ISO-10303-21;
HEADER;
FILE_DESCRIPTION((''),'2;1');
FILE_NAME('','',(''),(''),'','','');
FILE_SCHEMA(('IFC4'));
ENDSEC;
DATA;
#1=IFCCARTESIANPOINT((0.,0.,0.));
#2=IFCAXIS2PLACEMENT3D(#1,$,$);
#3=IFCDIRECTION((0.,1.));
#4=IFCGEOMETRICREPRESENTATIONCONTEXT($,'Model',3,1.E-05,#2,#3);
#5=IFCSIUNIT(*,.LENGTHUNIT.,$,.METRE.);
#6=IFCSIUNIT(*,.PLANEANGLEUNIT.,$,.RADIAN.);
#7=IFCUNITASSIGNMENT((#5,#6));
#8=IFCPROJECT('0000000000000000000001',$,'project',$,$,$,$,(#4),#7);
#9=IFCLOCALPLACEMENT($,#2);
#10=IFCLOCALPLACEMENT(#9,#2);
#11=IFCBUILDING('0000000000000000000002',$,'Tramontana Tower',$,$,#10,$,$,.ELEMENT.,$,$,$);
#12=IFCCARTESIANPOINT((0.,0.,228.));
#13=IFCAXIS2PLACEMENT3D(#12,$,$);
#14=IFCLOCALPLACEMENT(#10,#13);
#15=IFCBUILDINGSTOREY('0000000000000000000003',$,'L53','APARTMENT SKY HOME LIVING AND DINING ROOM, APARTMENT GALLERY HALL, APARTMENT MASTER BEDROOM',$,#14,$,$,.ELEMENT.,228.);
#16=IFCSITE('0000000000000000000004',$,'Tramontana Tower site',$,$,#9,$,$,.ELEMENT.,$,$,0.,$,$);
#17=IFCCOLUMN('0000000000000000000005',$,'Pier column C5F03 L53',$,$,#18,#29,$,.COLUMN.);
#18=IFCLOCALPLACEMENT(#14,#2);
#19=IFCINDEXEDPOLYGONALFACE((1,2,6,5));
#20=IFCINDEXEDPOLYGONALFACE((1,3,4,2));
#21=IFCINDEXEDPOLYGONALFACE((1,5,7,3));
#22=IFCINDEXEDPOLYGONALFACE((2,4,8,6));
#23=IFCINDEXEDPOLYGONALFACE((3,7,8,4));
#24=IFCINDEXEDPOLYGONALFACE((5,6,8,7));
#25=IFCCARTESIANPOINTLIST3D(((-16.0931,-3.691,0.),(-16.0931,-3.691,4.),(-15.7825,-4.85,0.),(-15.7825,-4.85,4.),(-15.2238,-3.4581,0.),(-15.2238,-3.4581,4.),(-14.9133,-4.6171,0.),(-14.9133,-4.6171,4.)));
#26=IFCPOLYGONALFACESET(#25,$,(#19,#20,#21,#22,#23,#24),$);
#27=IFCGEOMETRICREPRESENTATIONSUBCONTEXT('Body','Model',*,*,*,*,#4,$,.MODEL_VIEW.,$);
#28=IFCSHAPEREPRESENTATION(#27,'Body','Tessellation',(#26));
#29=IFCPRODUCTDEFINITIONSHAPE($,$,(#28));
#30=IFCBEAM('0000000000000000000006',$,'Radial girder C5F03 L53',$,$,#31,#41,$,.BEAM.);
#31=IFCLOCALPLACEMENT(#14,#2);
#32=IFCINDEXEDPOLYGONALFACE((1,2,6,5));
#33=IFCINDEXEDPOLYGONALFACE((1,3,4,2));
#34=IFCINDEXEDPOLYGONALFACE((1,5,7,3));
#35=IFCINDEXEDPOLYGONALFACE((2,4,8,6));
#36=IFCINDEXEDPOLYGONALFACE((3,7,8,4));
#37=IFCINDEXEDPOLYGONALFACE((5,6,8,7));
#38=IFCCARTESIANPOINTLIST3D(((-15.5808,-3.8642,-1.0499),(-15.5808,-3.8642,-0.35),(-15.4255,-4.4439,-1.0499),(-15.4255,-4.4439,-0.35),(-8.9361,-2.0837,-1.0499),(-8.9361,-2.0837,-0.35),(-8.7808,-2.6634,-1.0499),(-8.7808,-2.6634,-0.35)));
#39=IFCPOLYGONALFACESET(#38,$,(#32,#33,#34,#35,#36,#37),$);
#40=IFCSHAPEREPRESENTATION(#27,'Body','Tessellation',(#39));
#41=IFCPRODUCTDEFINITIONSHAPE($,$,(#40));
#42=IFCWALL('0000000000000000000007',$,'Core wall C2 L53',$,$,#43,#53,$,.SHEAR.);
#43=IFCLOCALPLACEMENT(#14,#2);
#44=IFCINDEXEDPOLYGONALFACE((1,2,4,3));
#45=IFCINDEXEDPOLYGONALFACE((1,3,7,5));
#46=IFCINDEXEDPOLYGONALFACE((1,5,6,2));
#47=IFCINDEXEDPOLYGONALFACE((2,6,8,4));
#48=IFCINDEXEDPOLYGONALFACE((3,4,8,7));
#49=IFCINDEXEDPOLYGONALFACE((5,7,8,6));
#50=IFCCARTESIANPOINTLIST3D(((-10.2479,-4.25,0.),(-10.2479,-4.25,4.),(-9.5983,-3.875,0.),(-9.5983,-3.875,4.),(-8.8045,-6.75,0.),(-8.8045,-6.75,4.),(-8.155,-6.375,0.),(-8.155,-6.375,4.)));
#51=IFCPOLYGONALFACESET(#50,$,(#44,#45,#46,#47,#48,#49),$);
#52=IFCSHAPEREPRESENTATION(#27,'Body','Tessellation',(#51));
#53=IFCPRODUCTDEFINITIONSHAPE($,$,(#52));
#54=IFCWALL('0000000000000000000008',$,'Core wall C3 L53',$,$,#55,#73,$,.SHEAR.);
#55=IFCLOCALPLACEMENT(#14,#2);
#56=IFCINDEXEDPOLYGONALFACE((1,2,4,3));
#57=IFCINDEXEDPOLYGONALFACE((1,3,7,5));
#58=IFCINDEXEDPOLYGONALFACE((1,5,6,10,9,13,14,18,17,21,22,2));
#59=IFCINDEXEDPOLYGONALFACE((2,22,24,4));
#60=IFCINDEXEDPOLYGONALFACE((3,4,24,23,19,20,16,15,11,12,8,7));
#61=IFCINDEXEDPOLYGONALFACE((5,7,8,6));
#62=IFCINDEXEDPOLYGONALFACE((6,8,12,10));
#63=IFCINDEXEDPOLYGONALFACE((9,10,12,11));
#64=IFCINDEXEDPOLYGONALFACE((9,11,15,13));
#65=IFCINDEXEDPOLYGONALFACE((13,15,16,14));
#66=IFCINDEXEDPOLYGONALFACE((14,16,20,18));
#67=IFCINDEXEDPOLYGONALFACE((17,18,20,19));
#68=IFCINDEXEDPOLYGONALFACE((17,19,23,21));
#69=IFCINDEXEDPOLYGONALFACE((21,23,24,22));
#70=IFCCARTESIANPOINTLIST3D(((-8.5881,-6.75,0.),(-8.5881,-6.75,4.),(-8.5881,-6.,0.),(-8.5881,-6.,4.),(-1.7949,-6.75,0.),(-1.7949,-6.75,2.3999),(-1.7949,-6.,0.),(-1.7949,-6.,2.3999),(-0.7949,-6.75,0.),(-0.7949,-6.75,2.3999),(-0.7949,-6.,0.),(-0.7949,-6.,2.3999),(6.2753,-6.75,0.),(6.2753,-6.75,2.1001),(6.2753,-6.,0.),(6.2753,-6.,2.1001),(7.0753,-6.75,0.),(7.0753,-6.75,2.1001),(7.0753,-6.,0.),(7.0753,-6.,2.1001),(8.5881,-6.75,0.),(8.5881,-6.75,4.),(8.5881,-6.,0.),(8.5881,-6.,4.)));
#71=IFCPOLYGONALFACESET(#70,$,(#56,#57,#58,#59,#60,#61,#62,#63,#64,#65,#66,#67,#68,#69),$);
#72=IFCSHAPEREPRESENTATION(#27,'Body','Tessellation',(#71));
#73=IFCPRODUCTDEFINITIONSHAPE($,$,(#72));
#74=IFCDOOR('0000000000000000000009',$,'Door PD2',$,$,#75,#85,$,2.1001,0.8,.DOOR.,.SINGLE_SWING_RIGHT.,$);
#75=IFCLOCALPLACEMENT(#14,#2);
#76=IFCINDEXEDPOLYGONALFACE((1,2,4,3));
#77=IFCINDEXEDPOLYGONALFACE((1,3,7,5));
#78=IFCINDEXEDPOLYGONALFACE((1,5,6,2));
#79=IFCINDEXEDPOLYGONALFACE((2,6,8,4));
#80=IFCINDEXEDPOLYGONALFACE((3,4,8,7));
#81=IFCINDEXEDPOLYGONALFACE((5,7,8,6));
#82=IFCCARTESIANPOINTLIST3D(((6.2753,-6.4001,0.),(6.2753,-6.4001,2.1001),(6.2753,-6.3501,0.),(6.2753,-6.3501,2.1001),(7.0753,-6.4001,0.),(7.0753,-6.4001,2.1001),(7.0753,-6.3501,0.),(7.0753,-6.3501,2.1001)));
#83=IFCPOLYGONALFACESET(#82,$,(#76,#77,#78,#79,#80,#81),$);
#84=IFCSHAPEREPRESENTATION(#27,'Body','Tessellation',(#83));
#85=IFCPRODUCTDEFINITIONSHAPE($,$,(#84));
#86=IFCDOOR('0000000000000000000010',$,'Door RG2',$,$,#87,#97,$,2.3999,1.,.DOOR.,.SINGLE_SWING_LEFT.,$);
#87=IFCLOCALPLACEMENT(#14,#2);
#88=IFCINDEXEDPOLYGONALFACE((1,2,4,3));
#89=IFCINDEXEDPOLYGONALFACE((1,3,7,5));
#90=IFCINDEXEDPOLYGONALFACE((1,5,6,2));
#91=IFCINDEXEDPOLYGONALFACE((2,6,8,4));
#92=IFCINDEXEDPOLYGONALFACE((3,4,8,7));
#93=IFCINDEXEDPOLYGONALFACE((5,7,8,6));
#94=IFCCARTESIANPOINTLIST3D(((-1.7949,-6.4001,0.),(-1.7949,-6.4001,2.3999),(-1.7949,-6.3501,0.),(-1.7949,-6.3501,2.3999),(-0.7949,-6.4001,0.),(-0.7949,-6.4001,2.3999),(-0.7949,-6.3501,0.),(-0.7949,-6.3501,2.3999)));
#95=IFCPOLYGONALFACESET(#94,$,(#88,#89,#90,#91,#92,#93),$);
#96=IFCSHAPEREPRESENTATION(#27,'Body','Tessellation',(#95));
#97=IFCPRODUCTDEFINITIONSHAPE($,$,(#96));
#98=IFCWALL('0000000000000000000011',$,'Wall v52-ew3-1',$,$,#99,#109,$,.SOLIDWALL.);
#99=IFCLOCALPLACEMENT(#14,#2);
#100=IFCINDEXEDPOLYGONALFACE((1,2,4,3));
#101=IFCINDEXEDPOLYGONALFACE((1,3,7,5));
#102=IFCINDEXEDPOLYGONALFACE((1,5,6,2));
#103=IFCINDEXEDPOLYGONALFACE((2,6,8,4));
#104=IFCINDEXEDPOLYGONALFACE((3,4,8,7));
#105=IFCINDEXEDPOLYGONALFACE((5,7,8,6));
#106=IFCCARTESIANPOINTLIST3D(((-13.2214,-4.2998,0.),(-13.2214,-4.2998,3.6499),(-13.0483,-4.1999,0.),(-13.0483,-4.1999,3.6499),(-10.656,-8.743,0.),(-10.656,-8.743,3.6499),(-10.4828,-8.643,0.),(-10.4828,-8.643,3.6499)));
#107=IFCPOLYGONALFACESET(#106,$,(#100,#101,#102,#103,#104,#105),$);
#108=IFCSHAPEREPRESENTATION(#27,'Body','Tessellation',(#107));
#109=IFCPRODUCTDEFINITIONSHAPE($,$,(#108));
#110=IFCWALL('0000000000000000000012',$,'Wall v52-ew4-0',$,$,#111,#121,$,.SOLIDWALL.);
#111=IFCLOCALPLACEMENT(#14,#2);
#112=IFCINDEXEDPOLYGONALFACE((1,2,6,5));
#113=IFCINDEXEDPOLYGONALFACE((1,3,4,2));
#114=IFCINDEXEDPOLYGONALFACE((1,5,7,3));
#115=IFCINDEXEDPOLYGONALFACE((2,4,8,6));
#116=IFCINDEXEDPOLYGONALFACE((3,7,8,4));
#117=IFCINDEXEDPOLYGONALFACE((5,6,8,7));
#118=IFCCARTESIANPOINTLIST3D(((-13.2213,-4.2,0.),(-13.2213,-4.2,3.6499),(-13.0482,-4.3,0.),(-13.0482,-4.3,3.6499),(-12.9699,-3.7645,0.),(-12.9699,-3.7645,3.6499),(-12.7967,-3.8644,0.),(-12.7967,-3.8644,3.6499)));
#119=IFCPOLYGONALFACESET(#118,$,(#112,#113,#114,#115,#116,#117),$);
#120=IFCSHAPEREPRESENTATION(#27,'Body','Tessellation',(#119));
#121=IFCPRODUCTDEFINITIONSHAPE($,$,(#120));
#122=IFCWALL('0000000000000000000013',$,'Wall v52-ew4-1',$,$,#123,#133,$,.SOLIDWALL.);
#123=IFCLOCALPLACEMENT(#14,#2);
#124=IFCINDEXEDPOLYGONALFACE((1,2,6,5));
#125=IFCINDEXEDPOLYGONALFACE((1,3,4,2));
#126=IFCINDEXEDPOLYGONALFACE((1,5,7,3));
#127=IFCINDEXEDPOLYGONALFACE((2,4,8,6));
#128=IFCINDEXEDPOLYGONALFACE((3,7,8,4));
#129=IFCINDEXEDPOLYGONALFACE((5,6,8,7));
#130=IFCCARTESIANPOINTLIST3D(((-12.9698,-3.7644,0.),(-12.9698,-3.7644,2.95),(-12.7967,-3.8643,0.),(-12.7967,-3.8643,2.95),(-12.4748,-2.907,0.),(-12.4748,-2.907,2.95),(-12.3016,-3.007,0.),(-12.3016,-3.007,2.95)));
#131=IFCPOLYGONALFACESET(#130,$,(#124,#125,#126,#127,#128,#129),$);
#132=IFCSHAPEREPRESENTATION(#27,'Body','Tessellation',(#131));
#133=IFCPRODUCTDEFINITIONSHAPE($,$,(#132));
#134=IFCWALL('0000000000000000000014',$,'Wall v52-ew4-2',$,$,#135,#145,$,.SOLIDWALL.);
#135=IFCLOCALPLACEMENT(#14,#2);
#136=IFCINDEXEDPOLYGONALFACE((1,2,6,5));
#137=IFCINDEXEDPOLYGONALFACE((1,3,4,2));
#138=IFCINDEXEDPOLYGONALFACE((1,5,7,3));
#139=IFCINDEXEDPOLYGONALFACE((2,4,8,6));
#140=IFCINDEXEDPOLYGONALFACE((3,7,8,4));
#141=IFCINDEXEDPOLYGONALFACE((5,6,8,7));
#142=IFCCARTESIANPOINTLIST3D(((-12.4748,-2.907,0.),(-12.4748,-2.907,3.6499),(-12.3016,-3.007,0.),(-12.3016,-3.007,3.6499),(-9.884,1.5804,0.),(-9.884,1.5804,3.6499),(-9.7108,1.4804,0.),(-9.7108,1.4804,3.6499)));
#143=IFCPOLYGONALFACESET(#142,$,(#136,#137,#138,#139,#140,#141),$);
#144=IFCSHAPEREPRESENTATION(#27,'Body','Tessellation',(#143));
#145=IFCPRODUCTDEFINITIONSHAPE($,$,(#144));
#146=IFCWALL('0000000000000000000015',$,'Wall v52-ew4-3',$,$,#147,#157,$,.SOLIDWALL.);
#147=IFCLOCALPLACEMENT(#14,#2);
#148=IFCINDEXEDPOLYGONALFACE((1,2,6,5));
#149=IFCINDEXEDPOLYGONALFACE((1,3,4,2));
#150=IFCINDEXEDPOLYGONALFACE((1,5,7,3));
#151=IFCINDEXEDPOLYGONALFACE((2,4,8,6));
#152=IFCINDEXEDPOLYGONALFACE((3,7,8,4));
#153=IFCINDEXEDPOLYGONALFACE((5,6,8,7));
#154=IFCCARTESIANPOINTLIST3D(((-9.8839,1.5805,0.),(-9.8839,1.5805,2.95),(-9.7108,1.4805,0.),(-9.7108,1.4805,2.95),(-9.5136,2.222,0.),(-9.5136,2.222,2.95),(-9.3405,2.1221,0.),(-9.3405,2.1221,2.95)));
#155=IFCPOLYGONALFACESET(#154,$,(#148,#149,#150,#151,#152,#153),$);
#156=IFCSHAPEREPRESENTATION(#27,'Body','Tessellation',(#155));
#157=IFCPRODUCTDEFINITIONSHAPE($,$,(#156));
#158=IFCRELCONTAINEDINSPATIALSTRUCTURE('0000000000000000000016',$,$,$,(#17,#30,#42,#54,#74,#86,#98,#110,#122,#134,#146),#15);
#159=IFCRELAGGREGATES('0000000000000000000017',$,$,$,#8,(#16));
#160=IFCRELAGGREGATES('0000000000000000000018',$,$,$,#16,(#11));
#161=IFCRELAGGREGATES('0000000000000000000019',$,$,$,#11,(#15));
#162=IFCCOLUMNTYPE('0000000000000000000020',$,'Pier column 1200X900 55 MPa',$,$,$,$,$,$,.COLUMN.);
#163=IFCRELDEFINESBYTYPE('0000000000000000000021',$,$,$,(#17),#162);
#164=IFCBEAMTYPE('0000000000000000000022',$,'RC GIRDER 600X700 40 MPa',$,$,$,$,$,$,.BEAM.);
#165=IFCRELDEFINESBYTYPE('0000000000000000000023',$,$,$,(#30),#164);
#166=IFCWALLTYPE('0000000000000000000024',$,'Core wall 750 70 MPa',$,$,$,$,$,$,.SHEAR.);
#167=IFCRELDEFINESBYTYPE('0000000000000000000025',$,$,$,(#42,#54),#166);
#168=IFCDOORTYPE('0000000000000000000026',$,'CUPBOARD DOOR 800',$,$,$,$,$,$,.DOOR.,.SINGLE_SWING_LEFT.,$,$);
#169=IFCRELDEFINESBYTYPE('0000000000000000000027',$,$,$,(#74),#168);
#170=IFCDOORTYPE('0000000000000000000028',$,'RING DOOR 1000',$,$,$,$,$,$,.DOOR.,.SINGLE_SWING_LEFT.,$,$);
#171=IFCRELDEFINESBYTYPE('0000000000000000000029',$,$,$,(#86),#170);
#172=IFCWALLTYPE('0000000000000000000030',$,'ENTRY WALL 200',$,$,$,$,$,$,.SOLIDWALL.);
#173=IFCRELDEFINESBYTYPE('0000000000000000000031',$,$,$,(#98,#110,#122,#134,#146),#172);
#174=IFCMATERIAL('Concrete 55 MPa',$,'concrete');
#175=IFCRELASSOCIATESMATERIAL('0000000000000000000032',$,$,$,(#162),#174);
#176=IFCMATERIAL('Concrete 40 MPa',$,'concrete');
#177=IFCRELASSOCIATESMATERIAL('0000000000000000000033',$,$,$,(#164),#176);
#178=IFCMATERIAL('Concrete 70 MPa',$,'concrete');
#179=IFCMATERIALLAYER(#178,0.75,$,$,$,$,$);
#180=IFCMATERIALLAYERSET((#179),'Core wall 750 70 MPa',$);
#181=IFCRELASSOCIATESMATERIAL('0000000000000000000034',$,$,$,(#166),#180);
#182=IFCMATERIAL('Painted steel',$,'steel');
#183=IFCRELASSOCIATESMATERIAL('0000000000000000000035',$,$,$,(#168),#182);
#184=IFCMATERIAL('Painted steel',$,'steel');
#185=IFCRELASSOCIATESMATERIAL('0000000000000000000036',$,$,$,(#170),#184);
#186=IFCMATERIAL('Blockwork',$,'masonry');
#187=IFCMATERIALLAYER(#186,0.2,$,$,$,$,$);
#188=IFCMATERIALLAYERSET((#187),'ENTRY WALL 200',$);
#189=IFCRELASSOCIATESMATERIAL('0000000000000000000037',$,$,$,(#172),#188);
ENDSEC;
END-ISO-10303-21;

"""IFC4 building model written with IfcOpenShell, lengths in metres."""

from ifc_helpers import new_model, si_unit, direction, frame, frame_2d, origin, origin_2d, place, context, subcontext, project, spatial, rectangle, extrude, material, layer, layer_set, material_profile, profile_set, type_object, element, fill, save


model = new_model("IFC4")

# Units and contexts
model_context = context("Model", 3, precision=1e-05, world=origin(), true_north=direction((0.0, 1.0)))
body_context = subcontext(model_context, "Body", "Model", "MODEL_VIEW")
ifc_project = project(units=[si_unit("LENGTHUNIT", "METRE"), si_unit("PLANEANGLEUNIT", "RADIAN")], contexts=[model_context])

# Site, building, storey
site_placement = place(None, origin())
site = spatial("IfcSite", under=ifc_project, at=site_placement, Name="Tramontana Tower site", CompositionType="ELEMENT", RefElevation=0.0)
building_placement = place(site_placement, origin())
building = spatial("IfcBuilding", under=site, at=building_placement, Name="Tramontana Tower", CompositionType="ELEMENT")
storey_placement = place(building_placement, frame((0.0, 0.0, 228.0)))
storey = spatial("IfcBuildingStorey", under=building, at=storey_placement, Name="L53", Description="APARTMENT SKY HOME LIVING AND DINING ROOM, APARTMENT GALLERY HALL, APARTMENT MASTER BEDROOM", CompositionType="ELEMENT", Elevation=228.0)

# Column
ifc_material_1 = material(Name="Concrete 55 MPa", Category="concrete")
ifc_material_profile_1 = material_profile(ifc_material_1, rectangle(XDim=1.2, YDim=0.8999, at=origin_2d()), Name="Pier column 1200X900 55 MPa")
ifc_profile_set_1 = profile_set([ifc_material_profile_1], Name="Concrete 55 MPa")
column_type = type_object("IfcColumnType", Name="Pier column 1200X900 55 MPa", PredefinedType="COLUMN", material=ifc_profile_set_1)
column_placement = place(storey_placement, frame((-15.5032, -4.1541, 0.0), z_axis=(0.0, 0.0, 1.0), x_axis=(0.258819, -0.965926, 0.0)))
element("IfcColumn", 1, at=column_placement, inside=storey, type_object=column_type, Name="Pier column C5F03 L53", PredefinedType="COLUMN", context=body_context, shape_type="SweptSolid", body=[
    extrude(rectangle(XDim=1.2, YDim=0.8999, at=origin_2d()), origin(), (0.0, 0.0, 1.0), 4.0),
])

# Beam
ifc_material_2 = material(Name="Concrete 40 MPa", Category="concrete")
ifc_material_profile_2 = material_profile(ifc_material_2, rectangle(XDim=0.6001, YDim=0.7, at=origin_2d()), Name="RC GIRDER 600X700 40 MPa")
ifc_profile_set_2 = profile_set([ifc_material_profile_2], Name="Concrete 40 MPa")
beam_type = type_object("IfcBeamType", Name="RC GIRDER 600X700 40 MPa", PredefinedType="BEAM", material=ifc_profile_set_2)
beam_placement = place(storey_placement, frame((-15.5032, -4.1541, -0.7), z_axis=(0.965924, 0.258827, 0.0), x_axis=(-0.258827, 0.965924, 0.0)))
element("IfcBeam", 2, at=beam_placement, inside=storey, type_object=beam_type, Name="Radial girder C5F03 L53", PredefinedType="BEAM", context=body_context, shape_type="SweptSolid", body=[
    extrude(rectangle(XDim=0.6001, YDim=0.7, at=origin_2d()), origin(), (0.0, 0.0, 1.0), 6.8792),
])

# Wall
ifc_material_3 = material(Name="Concrete 70 MPa", Category="concrete")
ifc_layer_1 = layer(ifc_material_3, 0.75)
ifc_layer_set_1 = layer_set([ifc_layer_1], Name="Core wall 750 70 MPa")
wall_type_1 = type_object("IfcWallType", Name="Core wall 750 70 MPa", PredefinedType="SHEAR", material=ifc_layer_set_1)
wall_1_placement = place(storey_placement, frame((-9.9231, -4.0625, 0.0), z_axis=(0.0, 0.0, 1.0), x_axis=(0.499996, -0.866028, 0.0)))
element("IfcWall", 3, at=wall_1_placement, inside=storey, type_object=wall_type_1, Name="Core wall C2 L53", PredefinedType="SHEAR", context=body_context, shape_type="SweptSolid", body=[
    extrude(rectangle(XDim=2.8867, YDim=0.75, at=frame_2d((1.4434, 0.0))), origin(), (0.0, 0.0, 1.0), 4.0),
])

# Wall, openings, doors
wall_2_placement = place(storey_placement, frame((-8.5881, -6.375, 0.0), z_axis=(0.0, 0.0, 1.0), x_axis=(1.0, 0.0, 0.0)))
wall_2 = element("IfcWall", 4, at=wall_2_placement, inside=storey, type_object=wall_type_1, Name="Core wall C3 L53", PredefinedType="SHEAR", context=body_context, shape_type="SweptSolid", body=[
    extrude(rectangle(XDim=17.1763, YDim=0.75, at=frame_2d((8.5881, 0.0))), origin(), (0.0, 0.0, 1.0), 4.0),
])
opening_1_placement = place(wall_2_placement, frame((6.7932, 0.0, 0.0)))
opening_1 = element("IfcOpeningElement", 5, at=opening_1_placement, cuts=wall_2, PredefinedType="OPENING", context=body_context, shape_type="SweptSolid", body=[
    extrude(rectangle(XDim=1.0, YDim=2.3999, at=frame_2d((0.5, 1.2))), frame((0.0, 0.385, 0.0), z_axis=(0.0, -1.0, 0.0), x_axis=(1.0, 0.0, 0.0)), (0.0, 0.0, 1.0), 0.77),
])
opening_2_placement = place(wall_2_placement, frame((14.8635, 0.0, 0.0)))
opening_2 = element("IfcOpeningElement", 6, at=opening_2_placement, cuts=wall_2, PredefinedType="OPENING", context=body_context, shape_type="SweptSolid", body=[
    extrude(rectangle(XDim=0.8, YDim=2.1001, at=frame_2d((0.3999, 1.05))), frame((0.0, 0.385, 0.0), z_axis=(0.0, -1.0, 0.0), x_axis=(1.0, 0.0, 0.0)), (0.0, 0.0, 1.0), 0.77),
])
ifc_material_4 = material(Name="Painted steel", Category="steel")
door_type_1 = type_object("IfcDoorType", Name="CUPBOARD DOOR 800", OperationType="SINGLE_SWING_LEFT", PredefinedType="DOOR", material=ifc_material_4)
door_1_placement = place(opening_2_placement, origin())
door_1 = element("IfcDoor", 7, at=door_1_placement, inside=storey, type_object=door_type_1, Name="Door PD2", OperationType="SINGLE_SWING_RIGHT", OverallHeight=2.1001, OverallWidth=0.8, PredefinedType="DOOR", context=body_context, shape_type="SweptSolid", body=[
    extrude(rectangle(XDim=0.8, YDim=2.1001, at=frame_2d((0.3999, 1.05))), frame((0.0, 0.0249, 0.0), z_axis=(0.0, -1.0, 0.0), x_axis=(1.0, 0.0, 0.0)), (0.0, 0.0, 1.0), 0.05),
])
fill(opening_2, door_1)
ifc_material_5 = material(Name="Painted steel", Category="steel")
door_type_2 = type_object("IfcDoorType", Name="RING DOOR 1000", OperationType="SINGLE_SWING_LEFT", PredefinedType="DOOR", material=ifc_material_5)
door_2_placement = place(opening_1_placement, origin())
door_2 = element("IfcDoor", 8, at=door_2_placement, inside=storey, type_object=door_type_2, Name="Door RG2", OperationType="SINGLE_SWING_LEFT", OverallHeight=2.3999, OverallWidth=1.0, PredefinedType="DOOR", context=body_context, shape_type="SweptSolid", body=[
    extrude(rectangle(XDim=1.0, YDim=2.3999, at=frame_2d((0.5, 1.2))), frame((0.0, 0.0249, 0.0), z_axis=(0.0, -1.0, 0.0), x_axis=(1.0, 0.0, 0.0)), (0.0, 0.0, 1.0), 0.05),
])
fill(opening_1, door_2)

# Walls
ifc_material_6 = material(Name="Blockwork", Category="masonry")
ifc_layer_2 = layer(ifc_material_6, 0.2)
ifc_layer_set_2 = layer_set([ifc_layer_2], Name="ENTRY WALL 200")
wall_type_2 = type_object("IfcWallType", Name="ENTRY WALL 200", PredefinedType="SOLIDWALL", material=ifc_layer_set_2)
wall_3_placement = place(storey_placement, frame((-10.5693, -8.6931, 0.0), z_axis=(0.0, 0.0, 1.0), x_axis=(-0.500029, 0.866009, 0.0)))
element("IfcWall", 9, at=wall_3_placement, inside=storey, type_object=wall_type_2, Name="Wall v52-ew3-1", PredefinedType="SOLIDWALL", context=body_context, shape_type="SweptSolid", body=[
    extrude(rectangle(XDim=5.1306, YDim=0.2, at=frame_2d((2.5654, 0.0))), origin(), (0.0, 0.0, 1.0), 3.6499),
])
wall_4_placement = place(storey_placement, frame((-13.1348, -4.25, 0.0), z_axis=(0.0, 0.0, 1.0), x_axis=(0.500003, 0.866024, 0.0)))
element("IfcWall", 10, at=wall_4_placement, inside=storey, type_object=wall_type_2, Name="Wall v52-ew4-0", PredefinedType="SOLIDWALL", context=body_context, shape_type="SweptSolid", body=[
    extrude(rectangle(XDim=0.5029, YDim=0.2, at=frame_2d((0.2515, 0.0))), origin(), (0.0, 0.0, 1.0), 3.6499),
])
wall_5_placement = place(storey_placement, frame((-12.8833, -3.8145, 0.0), z_axis=(0.0, 0.0, 1.0), x_axis=(0.500064, 0.865988, 0.0)))
element("IfcWall", 11, at=wall_5_placement, inside=storey, type_object=wall_type_2, Name="Wall v52-ew4-1", PredefinedType="SOLIDWALL", context=body_context, shape_type="SweptSolid", body=[
    extrude(rectangle(XDim=0.99, YDim=0.2, at=frame_2d((0.4951, 0.0))), origin(), (0.0, 0.0, 1.0), 2.95),
])
wall_6_placement = place(storey_placement, frame((-12.3882, -2.957, 0.0), z_axis=(0.0, 0.0, 1.0), x_axis=(0.49999, 0.866031, 0.0)))
element("IfcWall", 12, at=wall_6_placement, inside=storey, type_object=wall_type_2, Name="Wall v52-ew4-2", PredefinedType="SOLIDWALL", context=body_context, shape_type="SweptSolid", body=[
    extrude(rectangle(XDim=5.1816, YDim=0.2, at=frame_2d((2.5908, 0.0))), origin(), (0.0, 0.0, 1.0), 3.6499),
])
wall_7_placement = place(storey_placement, frame((-9.7974, 1.5305, 0.0), z_axis=(0.0, 0.0, 1.0), x_axis=(0.499932, 0.866065, 0.0)))
element("IfcWall", 13, at=wall_7_placement, inside=storey, type_object=wall_type_2, Name="Wall v52-ew4-3", PredefinedType="SOLIDWALL", context=body_context, shape_type="SweptSolid", body=[
    extrude(rectangle(XDim=0.7407, YDim=0.2, at=frame_2d((0.3704, 0.0))), origin(), (0.0, 0.0, 1.0), 2.95),
])

save(model, "model.ifc")
